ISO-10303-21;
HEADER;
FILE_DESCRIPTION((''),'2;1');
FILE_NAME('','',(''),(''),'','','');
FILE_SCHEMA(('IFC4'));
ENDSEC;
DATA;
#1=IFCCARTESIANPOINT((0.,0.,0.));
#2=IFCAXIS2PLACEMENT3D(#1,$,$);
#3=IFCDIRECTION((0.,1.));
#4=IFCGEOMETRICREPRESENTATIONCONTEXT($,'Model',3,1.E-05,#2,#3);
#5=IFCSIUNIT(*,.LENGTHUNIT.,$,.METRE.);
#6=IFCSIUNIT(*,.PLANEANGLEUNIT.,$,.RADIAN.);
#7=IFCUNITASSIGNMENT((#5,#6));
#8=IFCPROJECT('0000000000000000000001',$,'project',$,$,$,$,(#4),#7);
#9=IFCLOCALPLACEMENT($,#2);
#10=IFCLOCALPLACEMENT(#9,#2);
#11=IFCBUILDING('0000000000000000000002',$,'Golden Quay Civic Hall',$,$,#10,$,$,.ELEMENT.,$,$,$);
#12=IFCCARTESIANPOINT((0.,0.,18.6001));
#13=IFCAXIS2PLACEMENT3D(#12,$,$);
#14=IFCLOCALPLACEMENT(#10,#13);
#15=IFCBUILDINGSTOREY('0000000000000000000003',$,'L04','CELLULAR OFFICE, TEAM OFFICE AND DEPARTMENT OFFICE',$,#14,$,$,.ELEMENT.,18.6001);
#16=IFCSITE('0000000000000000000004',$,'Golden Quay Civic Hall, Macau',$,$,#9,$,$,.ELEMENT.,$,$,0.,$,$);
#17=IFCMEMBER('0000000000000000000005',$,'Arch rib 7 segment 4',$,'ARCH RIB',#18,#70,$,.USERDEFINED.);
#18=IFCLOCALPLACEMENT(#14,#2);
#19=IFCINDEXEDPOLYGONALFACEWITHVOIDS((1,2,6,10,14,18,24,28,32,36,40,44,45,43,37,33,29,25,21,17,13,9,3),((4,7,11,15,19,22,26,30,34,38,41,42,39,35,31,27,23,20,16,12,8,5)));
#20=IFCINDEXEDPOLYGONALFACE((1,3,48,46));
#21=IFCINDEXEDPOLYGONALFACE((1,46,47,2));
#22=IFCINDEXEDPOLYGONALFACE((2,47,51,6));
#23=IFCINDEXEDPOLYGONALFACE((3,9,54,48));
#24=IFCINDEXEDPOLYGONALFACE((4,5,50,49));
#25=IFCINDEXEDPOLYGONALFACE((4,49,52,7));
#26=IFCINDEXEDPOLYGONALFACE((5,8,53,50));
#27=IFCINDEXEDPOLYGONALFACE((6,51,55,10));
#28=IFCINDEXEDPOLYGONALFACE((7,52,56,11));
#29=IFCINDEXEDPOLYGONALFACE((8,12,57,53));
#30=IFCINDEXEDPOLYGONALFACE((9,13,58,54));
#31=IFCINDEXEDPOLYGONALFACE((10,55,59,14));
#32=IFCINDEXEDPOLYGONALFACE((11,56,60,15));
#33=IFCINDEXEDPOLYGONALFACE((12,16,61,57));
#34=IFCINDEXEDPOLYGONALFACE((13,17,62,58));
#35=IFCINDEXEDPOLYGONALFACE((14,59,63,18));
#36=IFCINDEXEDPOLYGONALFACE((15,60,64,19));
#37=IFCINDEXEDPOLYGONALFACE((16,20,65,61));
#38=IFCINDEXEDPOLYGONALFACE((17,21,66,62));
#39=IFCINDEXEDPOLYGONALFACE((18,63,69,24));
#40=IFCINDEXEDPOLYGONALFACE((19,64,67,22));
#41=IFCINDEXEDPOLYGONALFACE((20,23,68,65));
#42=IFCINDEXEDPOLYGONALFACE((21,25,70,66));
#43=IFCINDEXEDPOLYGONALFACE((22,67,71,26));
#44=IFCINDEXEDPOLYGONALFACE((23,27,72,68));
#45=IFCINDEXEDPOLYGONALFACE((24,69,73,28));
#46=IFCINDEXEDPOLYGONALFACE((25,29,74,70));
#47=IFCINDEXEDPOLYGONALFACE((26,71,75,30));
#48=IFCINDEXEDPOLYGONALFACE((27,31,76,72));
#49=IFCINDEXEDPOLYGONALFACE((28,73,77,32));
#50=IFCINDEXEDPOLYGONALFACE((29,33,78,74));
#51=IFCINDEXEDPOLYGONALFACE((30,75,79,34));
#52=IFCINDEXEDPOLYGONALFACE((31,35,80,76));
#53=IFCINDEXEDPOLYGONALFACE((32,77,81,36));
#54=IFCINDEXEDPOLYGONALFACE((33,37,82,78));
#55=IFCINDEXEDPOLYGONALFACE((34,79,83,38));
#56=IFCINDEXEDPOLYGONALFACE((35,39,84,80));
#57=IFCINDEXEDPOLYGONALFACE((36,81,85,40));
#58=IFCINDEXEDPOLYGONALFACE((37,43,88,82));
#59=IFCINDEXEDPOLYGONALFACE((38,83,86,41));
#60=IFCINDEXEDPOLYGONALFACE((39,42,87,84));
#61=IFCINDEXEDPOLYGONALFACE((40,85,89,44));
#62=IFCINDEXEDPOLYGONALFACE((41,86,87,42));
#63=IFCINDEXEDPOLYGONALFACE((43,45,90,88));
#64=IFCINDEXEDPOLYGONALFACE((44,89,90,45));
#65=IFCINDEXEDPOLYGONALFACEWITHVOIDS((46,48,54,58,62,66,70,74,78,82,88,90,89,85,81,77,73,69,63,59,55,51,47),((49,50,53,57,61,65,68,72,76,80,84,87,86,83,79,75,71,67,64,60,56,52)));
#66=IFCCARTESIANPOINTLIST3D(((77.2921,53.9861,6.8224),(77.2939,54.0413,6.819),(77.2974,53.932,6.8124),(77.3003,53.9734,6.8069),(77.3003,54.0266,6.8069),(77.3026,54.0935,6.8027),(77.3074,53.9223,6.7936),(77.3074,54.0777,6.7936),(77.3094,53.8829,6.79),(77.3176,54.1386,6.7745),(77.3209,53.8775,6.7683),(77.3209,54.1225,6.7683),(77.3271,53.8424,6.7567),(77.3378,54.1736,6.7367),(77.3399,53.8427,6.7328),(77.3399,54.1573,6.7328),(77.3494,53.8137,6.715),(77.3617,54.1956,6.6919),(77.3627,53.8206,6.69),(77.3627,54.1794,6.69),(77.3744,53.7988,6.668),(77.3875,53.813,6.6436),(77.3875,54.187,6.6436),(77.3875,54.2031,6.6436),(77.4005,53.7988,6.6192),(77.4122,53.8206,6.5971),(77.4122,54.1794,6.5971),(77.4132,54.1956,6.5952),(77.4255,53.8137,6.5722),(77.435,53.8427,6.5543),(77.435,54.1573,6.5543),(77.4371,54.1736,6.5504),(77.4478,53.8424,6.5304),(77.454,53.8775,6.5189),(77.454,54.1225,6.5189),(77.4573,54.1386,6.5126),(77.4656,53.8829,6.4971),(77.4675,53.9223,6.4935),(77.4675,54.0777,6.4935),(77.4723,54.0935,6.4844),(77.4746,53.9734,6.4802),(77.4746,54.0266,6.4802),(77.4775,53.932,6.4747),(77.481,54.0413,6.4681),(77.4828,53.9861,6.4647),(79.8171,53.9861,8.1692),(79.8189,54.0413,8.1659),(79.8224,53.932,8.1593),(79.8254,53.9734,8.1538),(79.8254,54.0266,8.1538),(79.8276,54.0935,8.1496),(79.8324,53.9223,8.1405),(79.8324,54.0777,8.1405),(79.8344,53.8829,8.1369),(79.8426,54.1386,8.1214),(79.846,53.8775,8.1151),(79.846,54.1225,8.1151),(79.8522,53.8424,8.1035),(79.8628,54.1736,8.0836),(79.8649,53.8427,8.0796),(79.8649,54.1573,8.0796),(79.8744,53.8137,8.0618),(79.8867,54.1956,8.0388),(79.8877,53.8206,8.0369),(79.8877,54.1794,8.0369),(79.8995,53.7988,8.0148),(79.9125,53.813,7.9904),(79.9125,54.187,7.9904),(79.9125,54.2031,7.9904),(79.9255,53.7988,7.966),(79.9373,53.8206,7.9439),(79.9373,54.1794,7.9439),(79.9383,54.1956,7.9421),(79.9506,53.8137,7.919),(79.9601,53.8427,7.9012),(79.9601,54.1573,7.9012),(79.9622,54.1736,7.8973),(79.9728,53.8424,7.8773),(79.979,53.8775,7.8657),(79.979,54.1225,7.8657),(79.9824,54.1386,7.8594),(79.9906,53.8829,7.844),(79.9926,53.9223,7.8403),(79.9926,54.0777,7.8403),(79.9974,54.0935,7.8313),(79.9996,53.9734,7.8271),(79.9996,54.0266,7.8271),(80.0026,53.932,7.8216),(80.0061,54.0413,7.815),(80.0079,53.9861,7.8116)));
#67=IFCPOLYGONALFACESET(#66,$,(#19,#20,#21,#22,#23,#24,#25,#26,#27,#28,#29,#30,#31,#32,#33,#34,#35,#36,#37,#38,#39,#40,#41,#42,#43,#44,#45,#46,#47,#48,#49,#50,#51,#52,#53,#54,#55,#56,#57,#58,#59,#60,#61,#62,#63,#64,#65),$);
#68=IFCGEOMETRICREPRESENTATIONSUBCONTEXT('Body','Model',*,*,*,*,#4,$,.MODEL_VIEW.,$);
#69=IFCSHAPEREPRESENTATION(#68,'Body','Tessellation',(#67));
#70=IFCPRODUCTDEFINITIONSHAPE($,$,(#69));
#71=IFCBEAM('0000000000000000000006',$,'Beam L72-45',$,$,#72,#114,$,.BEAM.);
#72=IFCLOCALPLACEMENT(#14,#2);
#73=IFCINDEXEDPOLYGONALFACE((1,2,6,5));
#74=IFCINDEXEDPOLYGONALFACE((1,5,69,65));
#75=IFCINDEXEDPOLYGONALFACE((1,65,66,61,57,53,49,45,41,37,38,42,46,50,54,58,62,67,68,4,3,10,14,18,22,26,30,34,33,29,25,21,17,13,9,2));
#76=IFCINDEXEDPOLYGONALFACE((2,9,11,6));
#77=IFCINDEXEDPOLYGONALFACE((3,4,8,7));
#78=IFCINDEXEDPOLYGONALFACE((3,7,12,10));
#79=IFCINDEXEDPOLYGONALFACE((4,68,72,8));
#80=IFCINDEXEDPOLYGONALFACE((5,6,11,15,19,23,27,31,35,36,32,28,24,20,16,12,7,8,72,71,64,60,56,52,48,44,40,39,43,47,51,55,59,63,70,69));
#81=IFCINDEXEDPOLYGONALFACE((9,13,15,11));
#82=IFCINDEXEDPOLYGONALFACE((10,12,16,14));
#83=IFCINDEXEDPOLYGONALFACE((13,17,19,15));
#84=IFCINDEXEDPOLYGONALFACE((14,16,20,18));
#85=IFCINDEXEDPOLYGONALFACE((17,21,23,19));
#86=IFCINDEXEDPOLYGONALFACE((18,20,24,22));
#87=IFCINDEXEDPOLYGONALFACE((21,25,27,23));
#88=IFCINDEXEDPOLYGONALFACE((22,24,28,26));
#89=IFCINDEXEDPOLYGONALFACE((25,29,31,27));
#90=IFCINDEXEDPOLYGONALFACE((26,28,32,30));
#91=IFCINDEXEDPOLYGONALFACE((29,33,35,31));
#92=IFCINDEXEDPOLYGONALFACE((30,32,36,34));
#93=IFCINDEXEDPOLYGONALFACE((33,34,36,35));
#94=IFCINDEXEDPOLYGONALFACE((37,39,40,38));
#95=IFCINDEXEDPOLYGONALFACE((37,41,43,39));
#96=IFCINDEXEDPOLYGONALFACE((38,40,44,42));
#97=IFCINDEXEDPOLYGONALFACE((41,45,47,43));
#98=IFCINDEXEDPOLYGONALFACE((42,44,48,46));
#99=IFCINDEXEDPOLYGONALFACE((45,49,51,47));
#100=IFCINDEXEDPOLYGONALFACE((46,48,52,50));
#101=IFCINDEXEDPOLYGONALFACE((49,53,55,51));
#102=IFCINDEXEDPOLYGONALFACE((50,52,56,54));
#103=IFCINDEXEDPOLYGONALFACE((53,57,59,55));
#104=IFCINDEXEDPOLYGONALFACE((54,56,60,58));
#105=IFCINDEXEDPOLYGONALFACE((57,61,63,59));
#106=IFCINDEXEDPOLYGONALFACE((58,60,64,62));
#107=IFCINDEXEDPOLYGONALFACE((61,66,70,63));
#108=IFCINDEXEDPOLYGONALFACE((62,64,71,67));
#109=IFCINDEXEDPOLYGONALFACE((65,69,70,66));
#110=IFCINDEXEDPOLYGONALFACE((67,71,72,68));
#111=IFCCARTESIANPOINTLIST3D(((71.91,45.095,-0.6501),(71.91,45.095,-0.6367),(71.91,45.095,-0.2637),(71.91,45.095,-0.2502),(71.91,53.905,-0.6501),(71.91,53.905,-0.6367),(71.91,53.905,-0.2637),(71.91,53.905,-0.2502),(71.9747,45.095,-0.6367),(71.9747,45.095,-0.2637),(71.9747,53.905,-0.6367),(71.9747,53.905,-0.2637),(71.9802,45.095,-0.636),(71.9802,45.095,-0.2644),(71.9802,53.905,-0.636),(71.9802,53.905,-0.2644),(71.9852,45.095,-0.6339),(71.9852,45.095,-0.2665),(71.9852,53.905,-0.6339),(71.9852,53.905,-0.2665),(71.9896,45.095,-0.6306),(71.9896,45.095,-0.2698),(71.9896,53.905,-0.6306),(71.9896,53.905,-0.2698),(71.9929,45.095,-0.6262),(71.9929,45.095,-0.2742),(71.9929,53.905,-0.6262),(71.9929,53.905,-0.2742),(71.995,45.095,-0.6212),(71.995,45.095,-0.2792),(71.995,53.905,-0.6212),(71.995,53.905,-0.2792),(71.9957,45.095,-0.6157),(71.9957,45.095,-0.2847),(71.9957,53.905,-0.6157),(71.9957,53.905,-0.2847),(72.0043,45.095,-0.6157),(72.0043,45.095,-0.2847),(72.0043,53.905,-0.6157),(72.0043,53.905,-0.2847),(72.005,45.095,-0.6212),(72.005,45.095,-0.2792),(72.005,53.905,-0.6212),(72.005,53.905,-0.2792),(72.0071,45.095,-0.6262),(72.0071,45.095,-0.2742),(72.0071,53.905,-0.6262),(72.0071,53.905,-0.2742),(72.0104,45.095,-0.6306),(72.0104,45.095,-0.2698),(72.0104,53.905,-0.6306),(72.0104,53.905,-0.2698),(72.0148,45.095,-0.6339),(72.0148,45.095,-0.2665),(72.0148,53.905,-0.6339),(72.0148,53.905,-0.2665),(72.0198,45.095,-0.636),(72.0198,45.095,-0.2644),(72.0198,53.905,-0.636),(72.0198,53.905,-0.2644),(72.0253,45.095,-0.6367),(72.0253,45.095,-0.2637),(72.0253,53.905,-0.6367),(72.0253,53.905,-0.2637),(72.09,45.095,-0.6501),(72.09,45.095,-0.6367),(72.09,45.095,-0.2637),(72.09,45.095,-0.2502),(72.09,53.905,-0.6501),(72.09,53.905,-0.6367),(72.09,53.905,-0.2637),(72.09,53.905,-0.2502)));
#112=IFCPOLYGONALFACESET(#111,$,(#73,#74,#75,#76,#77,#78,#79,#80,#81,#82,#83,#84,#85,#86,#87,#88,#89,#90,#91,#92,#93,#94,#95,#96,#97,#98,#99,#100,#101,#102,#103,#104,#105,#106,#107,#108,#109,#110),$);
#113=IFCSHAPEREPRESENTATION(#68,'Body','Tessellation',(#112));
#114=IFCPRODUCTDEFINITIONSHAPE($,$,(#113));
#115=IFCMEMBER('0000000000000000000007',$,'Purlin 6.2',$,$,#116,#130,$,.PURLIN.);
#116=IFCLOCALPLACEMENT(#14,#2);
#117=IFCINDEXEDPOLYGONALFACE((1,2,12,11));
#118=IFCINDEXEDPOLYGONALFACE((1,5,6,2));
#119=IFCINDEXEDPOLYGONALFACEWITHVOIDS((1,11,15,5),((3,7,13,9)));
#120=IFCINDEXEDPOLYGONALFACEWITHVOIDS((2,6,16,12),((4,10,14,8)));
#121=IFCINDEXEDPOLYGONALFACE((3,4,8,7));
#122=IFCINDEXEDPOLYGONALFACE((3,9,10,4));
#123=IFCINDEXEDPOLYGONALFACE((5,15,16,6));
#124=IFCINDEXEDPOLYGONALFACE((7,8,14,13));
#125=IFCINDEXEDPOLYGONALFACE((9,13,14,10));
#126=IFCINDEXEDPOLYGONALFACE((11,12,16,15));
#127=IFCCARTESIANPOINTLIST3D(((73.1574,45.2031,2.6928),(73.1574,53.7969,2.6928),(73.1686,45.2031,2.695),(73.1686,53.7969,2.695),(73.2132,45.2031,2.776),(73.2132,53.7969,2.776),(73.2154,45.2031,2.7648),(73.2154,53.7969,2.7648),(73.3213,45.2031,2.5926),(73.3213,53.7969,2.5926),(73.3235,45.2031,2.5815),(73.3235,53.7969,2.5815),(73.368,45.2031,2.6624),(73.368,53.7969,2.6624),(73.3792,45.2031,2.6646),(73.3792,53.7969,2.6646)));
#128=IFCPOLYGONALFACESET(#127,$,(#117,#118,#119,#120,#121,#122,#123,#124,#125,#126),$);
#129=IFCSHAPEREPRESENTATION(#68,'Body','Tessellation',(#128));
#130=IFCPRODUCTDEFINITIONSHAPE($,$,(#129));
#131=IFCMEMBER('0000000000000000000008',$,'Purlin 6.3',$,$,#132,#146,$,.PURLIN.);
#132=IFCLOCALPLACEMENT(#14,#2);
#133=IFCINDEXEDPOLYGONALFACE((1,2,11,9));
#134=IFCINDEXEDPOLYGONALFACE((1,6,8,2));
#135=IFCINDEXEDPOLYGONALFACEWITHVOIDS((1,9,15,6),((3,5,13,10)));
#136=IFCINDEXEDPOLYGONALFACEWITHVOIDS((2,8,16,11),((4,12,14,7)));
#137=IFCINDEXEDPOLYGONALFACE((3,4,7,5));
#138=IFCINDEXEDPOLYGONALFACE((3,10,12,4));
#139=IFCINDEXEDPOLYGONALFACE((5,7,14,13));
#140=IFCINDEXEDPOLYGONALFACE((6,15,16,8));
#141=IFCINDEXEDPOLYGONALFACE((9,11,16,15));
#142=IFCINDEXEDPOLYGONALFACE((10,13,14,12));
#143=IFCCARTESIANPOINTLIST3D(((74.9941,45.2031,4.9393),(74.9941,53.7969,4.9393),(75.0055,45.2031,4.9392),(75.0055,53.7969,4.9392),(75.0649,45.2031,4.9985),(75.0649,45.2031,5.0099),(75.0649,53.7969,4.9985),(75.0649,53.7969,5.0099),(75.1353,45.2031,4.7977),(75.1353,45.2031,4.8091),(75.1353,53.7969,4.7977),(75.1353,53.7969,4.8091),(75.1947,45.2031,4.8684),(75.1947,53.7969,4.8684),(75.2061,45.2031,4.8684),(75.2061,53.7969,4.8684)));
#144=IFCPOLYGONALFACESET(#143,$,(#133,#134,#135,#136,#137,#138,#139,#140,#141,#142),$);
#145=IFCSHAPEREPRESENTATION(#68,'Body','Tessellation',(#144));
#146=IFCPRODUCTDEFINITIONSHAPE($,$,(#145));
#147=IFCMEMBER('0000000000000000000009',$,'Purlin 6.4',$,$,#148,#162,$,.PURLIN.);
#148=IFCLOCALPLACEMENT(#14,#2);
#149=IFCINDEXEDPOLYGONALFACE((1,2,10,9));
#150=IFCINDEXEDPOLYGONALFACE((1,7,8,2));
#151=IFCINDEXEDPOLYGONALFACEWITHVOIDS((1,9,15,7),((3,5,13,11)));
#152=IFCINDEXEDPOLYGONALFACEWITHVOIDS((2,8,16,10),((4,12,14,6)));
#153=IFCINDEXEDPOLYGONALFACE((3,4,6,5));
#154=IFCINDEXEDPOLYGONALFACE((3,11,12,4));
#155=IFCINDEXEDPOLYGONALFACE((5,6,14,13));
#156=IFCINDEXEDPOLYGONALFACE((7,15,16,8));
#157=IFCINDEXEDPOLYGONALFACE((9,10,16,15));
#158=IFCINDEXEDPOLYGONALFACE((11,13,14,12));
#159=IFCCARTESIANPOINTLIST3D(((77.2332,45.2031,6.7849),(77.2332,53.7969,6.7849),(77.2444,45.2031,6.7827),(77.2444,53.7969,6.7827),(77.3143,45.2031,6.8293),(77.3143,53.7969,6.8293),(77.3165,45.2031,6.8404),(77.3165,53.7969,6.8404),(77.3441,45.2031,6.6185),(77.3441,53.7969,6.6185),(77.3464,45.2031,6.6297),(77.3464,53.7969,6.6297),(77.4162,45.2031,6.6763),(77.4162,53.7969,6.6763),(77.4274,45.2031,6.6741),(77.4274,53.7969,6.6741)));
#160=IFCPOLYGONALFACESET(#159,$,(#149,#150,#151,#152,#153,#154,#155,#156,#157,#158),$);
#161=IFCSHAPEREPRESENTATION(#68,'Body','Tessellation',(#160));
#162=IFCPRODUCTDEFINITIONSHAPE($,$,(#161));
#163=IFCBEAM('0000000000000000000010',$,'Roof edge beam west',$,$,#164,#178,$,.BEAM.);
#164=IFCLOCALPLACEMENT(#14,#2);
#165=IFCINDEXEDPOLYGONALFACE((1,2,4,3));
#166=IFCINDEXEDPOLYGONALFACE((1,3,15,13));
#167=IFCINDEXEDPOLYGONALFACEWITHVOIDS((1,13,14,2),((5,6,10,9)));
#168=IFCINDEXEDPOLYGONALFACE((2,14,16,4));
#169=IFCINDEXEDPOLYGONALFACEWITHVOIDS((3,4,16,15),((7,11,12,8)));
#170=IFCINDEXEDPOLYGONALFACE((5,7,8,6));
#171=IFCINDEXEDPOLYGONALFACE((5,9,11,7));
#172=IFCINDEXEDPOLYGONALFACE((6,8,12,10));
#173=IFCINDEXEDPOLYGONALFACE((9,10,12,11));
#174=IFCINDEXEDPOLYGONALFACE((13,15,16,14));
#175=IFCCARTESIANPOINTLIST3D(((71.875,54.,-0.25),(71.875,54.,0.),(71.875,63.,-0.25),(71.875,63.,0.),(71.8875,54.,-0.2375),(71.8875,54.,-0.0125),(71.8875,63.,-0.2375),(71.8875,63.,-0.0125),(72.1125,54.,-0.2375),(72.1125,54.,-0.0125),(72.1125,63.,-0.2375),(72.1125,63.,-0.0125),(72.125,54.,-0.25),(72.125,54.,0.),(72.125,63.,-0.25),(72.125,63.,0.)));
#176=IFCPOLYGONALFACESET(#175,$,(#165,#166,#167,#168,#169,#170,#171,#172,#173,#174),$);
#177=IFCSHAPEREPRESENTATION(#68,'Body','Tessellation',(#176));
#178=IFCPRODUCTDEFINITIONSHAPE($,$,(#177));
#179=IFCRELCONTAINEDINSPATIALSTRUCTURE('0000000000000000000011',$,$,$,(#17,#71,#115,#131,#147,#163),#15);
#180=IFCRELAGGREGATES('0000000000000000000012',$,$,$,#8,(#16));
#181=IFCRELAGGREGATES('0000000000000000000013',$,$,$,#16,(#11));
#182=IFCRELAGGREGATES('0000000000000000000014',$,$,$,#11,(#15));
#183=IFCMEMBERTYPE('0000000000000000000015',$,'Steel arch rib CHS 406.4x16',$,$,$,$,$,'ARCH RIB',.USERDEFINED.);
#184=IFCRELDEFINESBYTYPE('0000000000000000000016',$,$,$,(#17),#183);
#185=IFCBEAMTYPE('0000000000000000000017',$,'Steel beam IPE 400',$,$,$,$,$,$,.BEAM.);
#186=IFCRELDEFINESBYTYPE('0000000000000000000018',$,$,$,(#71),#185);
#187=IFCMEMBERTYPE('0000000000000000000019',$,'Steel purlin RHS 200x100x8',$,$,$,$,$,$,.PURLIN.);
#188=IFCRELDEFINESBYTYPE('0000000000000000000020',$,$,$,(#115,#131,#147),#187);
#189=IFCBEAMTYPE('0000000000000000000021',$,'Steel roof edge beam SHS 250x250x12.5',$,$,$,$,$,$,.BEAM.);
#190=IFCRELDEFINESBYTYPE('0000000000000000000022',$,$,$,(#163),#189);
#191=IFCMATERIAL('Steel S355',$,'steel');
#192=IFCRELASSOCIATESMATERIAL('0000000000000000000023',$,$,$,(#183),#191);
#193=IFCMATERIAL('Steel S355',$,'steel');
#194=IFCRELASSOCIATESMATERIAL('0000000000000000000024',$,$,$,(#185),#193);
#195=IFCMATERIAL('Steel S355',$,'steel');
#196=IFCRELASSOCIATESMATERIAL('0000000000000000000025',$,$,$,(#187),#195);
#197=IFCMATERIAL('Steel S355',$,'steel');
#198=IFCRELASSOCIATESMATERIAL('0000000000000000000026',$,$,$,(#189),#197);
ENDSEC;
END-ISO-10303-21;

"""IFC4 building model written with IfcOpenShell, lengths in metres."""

from ifc_helpers import new_model, si_unit, direction, frame, origin, origin_2d, place, context, subcontext, project, spatial, hollow_rectangle, hollow_circle, i_section, extrude, material, material_profile, profile_set, type_object, element, save


model = new_model("IFC4")

# Units and contexts
model_context = context("Model", 3, precision=1e-05, world=origin(), true_north=direction((0.0, 1.0)))
body_context = subcontext(model_context, "Body", "Model", "MODEL_VIEW")
ifc_project = project(units=[si_unit("LENGTHUNIT", "METRE"), si_unit("PLANEANGLEUNIT", "RADIAN")], contexts=[model_context])

# Site, building, storey
site_placement = place(None, origin())
site = spatial("IfcSite", under=ifc_project, at=site_placement, Name="Golden Quay Civic Hall, Macau", CompositionType="ELEMENT", RefElevation=0.0)
building_placement = place(site_placement, origin())
building = spatial("IfcBuilding", under=site, at=building_placement, Name="Golden Quay Civic Hall", CompositionType="ELEMENT")
storey_placement = place(building_placement, frame((0.0, 0.0, 18.6001)))
storey = spatial("IfcBuildingStorey", under=building, at=storey_placement, Name="L04", Description="CELLULAR OFFICE, TEAM OFFICE AND DEPARTMENT OFFICE", CompositionType="ELEMENT", Elevation=18.6001)

# Member
ifc_material_1 = material(Name="Steel S355", Category="steel")
ifc_material_profile_1 = material_profile(ifc_material_1, hollow_circle(Radius=0.2031, WallThickness=0.0161, at=origin_2d()), Name="CHS 406.4x16")
ifc_profile_set_1 = profile_set([ifc_material_profile_1], Name="Steel S355")
member_type_1 = type_object("IfcMemberType", Name="Steel arch rib CHS 406.4x16", ElementType="ARCH RIB", PredefinedType="USERDEFINED", material=ifc_profile_set_1)
for number, where, z_axis, x_axis, name in (
    (1, (77.3875, 54.0, 6.6436), (0.882327, 0.0, 0.470637), (0.0, 1.0, 0.0), "Arch rib 7 segment 4"),
):
    element("IfcMember", number, at=place(storey_placement, frame(where, z_axis=z_axis, x_axis=x_axis)), inside=storey, type_object=member_type_1, Name=name, ObjectType="ARCH RIB", PredefinedType="USERDEFINED", context=body_context, shape_type="SweptSolid", body=[
        extrude(hollow_circle(Radius=0.2031, WallThickness=0.0161, at=origin_2d()), origin(), (0.0, 0.0, 1.0), 2.8618),
    ])

# Beam
ifc_material_2 = material(Name="Steel S355", Category="steel")
ifc_material_profile_2 = material_profile(ifc_material_2, i_section(OverallWidth=0.1799, OverallDepth=0.3999, WebThickness=0.0085, FlangeThickness=0.0134, FilletRadius=0.021, at=origin_2d()), Name="IPE 400")
ifc_profile_set_2 = profile_set([ifc_material_profile_2], Name="Steel S355")
beam_type_1 = type_object("IfcBeamType", Name="Steel beam IPE 400", PredefinedType="BEAM", material=ifc_profile_set_2)
beam_1_placement = place(storey_placement, frame((72.0, 45.095, -0.4502), z_axis=(0.0, 1.0, 0.0), x_axis=(-1.0, 0.0, 0.0)))
element("IfcBeam", 2, at=beam_1_placement, inside=storey, type_object=beam_type_1, Name="Beam L72-45", PredefinedType="BEAM", context=body_context, shape_type="SweptSolid", body=[
    extrude(i_section(OverallWidth=0.1799, OverallDepth=0.3999, WebThickness=0.0085, FlangeThickness=0.0134, FilletRadius=0.021, at=origin_2d()), origin(), (0.0, 0.0, 1.0), 8.8101),
])

# Members
ifc_material_3 = material(Name="Steel S355", Category="steel")
ifc_material_profile_3 = material_profile(ifc_material_3, hollow_rectangle(XDim=0.1001, YDim=0.2, WallThickness=0.0081, at=origin_2d()), Name="RHS 200x100x8")
ifc_profile_set_3 = profile_set([ifc_material_profile_3], Name="Steel S355")
member_type_2 = type_object("IfcMemberType", Name="Steel purlin RHS 200x100x8", PredefinedType="PURLIN", material=ifc_profile_set_3)
for number, where, z_axis, x_axis, name in (
    (3, (73.2683, 45.2031, 2.6787), (0.0, 1.0, 0.0), (-0.557019, 0.0, -0.8305), "Purlin 6.2"),
    (4, (75.1001, 45.2031, 4.9038), (0.0, 1.0, 0.0), (-0.708092, 0.0, -0.70612), "Purlin 6.3"),
    (5, (77.3303, 45.2031, 6.7295), (0.0, 1.0, 0.0), (-0.83205, 0.0, -0.5547), "Purlin 6.4"),
):
    element("IfcMember", number, at=place(storey_placement, frame(where, z_axis=z_axis, x_axis=x_axis)), inside=storey, type_object=member_type_2, Name=name, PredefinedType="PURLIN", context=body_context, shape_type="SweptSolid", body=[
        extrude(hollow_rectangle(XDim=0.1001, YDim=0.2, WallThickness=0.0081, at=origin_2d()), origin(), (0.0, 0.0, 1.0), 8.5938),
    ])

# Beam
ifc_material_4 = material(Name="Steel S355", Category="steel")
ifc_material_profile_4 = material_profile(ifc_material_4, hollow_rectangle(XDim=0.25, YDim=0.25, WallThickness=0.0125, at=origin_2d()), Name="SHS 250x250x12.5")
ifc_profile_set_4 = profile_set([ifc_material_profile_4], Name="Steel S355")
beam_type_2 = type_object("IfcBeamType", Name="Steel roof edge beam SHS 250x250x12.5", PredefinedType="BEAM", material=ifc_profile_set_4)
beam_2_placement = place(storey_placement, frame((72.0, 54.0, -0.125), z_axis=(0.0, 1.0, 0.0), x_axis=(-1.0, 0.0, 0.0)))
element("IfcBeam", 6, at=beam_2_placement, inside=storey, type_object=beam_type_2, Name="Roof edge beam west", PredefinedType="BEAM", context=body_context, shape_type="SweptSolid", body=[
    extrude(hollow_rectangle(XDim=0.25, YDim=0.25, WallThickness=0.0125, at=origin_2d()), origin(), (0.0, 0.0, 1.0), 9.0),
])

save(model, "model.ifc")
